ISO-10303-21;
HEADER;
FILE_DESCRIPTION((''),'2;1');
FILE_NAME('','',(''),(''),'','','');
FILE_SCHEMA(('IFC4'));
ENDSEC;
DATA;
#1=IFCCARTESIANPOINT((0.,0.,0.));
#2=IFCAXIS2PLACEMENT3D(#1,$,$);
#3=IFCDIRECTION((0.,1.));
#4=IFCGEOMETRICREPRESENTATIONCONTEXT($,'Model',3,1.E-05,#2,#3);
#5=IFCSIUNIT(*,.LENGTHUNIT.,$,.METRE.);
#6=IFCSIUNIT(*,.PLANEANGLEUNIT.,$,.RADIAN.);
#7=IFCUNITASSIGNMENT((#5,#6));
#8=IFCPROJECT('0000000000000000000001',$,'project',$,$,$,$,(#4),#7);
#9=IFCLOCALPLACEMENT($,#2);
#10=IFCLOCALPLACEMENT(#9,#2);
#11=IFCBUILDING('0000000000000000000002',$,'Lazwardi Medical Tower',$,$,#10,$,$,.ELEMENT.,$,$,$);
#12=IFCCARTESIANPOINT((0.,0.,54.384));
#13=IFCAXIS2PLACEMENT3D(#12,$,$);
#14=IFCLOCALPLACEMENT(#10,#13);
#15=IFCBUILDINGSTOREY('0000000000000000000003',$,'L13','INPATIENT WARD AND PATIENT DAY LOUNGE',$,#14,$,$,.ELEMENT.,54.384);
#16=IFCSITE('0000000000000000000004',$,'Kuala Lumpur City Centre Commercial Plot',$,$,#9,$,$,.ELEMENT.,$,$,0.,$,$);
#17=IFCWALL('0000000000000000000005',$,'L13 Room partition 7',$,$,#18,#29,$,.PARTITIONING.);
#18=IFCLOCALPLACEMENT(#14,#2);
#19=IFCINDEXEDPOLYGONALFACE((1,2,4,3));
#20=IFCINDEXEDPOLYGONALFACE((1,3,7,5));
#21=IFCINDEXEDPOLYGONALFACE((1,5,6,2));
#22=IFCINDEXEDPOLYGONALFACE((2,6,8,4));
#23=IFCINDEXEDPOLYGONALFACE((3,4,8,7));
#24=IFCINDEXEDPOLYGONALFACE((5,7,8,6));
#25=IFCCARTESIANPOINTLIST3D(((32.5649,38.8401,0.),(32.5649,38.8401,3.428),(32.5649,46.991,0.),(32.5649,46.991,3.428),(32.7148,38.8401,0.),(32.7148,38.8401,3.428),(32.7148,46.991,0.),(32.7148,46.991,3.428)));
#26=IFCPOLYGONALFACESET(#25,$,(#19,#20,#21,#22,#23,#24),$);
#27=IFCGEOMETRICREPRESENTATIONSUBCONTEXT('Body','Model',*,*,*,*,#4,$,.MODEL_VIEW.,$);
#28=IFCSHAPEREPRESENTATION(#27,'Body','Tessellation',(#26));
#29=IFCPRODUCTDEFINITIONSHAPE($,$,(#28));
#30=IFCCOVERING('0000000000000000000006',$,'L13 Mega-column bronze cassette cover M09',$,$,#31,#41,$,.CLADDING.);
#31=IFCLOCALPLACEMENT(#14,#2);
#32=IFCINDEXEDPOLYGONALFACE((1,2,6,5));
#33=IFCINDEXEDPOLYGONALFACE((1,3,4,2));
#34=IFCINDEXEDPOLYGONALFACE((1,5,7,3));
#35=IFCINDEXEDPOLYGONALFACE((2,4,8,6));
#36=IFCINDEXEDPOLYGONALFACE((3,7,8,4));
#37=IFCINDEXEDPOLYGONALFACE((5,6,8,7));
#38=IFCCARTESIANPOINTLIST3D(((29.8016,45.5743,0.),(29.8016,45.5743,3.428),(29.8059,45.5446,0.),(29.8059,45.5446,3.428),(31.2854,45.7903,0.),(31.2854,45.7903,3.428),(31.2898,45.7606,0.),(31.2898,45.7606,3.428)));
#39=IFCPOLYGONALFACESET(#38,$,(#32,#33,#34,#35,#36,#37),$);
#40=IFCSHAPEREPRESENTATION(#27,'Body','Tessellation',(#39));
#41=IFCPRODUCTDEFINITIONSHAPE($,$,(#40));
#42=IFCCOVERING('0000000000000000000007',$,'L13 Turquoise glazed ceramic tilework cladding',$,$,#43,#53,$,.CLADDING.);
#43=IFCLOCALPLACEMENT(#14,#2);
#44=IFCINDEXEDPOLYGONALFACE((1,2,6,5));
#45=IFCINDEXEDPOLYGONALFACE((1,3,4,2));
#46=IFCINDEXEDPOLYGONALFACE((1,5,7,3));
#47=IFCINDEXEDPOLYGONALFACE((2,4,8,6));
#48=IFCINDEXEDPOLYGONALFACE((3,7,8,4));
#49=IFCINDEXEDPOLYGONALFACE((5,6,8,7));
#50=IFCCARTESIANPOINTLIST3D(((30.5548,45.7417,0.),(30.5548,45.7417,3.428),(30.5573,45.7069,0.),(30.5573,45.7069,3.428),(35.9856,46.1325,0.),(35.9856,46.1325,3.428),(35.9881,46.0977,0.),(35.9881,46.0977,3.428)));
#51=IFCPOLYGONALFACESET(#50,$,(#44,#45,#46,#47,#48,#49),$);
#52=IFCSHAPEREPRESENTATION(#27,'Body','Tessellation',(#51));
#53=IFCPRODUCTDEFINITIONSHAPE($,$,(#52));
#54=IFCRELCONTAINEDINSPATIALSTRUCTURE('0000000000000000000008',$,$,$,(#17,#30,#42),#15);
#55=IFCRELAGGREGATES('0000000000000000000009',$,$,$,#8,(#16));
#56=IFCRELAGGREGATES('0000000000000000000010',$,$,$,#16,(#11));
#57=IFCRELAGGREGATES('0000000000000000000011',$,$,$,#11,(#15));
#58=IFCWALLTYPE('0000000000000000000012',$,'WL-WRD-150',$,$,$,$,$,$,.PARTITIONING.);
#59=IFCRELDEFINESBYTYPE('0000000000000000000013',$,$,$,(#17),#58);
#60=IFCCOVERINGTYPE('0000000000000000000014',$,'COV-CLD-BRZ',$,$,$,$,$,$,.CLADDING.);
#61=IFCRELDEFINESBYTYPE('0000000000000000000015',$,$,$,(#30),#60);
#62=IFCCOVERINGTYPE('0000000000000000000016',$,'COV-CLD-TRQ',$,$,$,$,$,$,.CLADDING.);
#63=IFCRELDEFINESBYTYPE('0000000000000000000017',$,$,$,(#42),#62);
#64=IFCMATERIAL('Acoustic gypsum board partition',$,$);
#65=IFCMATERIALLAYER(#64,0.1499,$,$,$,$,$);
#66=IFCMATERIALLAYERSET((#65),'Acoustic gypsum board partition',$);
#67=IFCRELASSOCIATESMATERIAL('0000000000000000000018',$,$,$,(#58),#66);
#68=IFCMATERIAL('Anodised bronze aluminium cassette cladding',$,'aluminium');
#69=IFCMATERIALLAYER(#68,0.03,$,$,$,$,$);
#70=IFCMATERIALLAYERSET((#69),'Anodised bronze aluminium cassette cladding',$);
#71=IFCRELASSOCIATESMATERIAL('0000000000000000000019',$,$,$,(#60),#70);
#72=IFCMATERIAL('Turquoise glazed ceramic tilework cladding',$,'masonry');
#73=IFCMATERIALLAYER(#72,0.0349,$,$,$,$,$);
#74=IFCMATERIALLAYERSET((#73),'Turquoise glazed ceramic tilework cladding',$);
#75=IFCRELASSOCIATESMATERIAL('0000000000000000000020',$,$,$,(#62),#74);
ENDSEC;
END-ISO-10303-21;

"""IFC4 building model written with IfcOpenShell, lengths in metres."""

from ifc_helpers import new_model, si_unit, direction, frame, frame_2d, origin, origin_2d, place, context, subcontext, project, spatial, rectangle, extrude, material, layer, layer_set, type_object, element, save


model = new_model("IFC4")

# Units and contexts
model_context = context("Model", 3, precision=1e-05, world=origin(), true_north=direction((0.0, 1.0)))
body_context = subcontext(model_context, "Body", "Model", "MODEL_VIEW")
ifc_project = project(units=[si_unit("LENGTHUNIT", "METRE"), si_unit("PLANEANGLEUNIT", "RADIAN")], contexts=[model_context])

# Site, building, storey
site_placement = place(None, origin())
site = spatial("IfcSite", under=ifc_project, at=site_placement, Name="Kuala Lumpur City Centre Commercial Plot", CompositionType="ELEMENT", RefElevation=0.0)
building_placement = place(site_placement, origin())
building = spatial("IfcBuilding", under=site, at=building_placement, Name="Lazwardi Medical Tower", CompositionType="ELEMENT")
storey_placement = place(building_placement, frame((0.0, 0.0, 54.384)))
storey = spatial("IfcBuildingStorey", under=building, at=storey_placement, Name="L13", Description="INPATIENT WARD AND PATIENT DAY LOUNGE", CompositionType="ELEMENT", Elevation=54.384)

# Wall
ifc_material_1 = material(Name="Acoustic gypsum board partition")
ifc_layer_1 = layer(ifc_material_1, 0.1499)
ifc_layer_set_1 = layer_set([ifc_layer_1], Name="Acoustic gypsum board partition")
wall_type_1 = type_object("IfcWallType", Name="WL-WRD-150", PredefinedType="PARTITIONING", material=ifc_layer_set_1)
wall_1_placement = place(storey_placement, frame((32.6399, 38.8401, 0.0), z_axis=(0.0, 0.0, 1.0), x_axis=(0.0, 1.0, 0.0)))
element("IfcWall", 1, at=wall_1_placement, inside=storey, type_object=wall_type_1, Name="L13 Room partition 7", PredefinedType="PARTITIONING", context=body_context, shape_type="SweptSolid", body=[
    extrude(rectangle(XDim=8.1509, YDim=0.1499, at=frame_2d((4.0754, 0.0))), origin(), (0.0, 0.0, 1.0), 3.428),
])

# Coverings
ifc_material_2 = material(Name="Anodised bronze aluminium cassette cladding", Category="aluminium")
ifc_layer_2 = layer(ifc_material_2, 0.03)
ifc_layer_set_2 = layer_set([ifc_layer_2], Name="Anodised bronze aluminium cassette cladding")
covering_type_1 = type_object("IfcCoveringType", Name="COV-CLD-BRZ", PredefinedType="CLADDING", material=ifc_layer_set_2)
covering_1_placement = place(storey_placement, frame((30.5457, 45.6675, 0.0), z_axis=(0.0, 0.0, 1.0), x_axis=(-0.989573, -0.144035, 0.0)))
element("IfcCovering", 2, at=covering_1_placement, inside=storey, type_object=covering_type_1, Name="L13 Mega-column bronze cassette cover M09", PredefinedType="CLADDING", context=body_context, shape_type="SweptSolid", body=[
    extrude(rectangle(XDim=1.4995, YDim=0.03, at=origin_2d()), origin(), (0.0, 0.0, 1.0), 3.428),
])
ifc_material_3 = material(Name="Turquoise glazed ceramic tilework cladding", Category="masonry")
ifc_layer_3 = layer(ifc_material_3, 0.0349)
ifc_layer_set_3 = layer_set([ifc_layer_3], Name="Turquoise glazed ceramic tilework cladding")
covering_type_2 = type_object("IfcCoveringType", Name="COV-CLD-TRQ", PredefinedType="CLADDING", material=ifc_layer_set_3)
covering_2_placement = place(storey_placement, frame((33.2715, 45.9197, 0.0), z_axis=(0.0, 0.0, 1.0), x_axis=(-0.997421, -0.071774, 0.0)))
element("IfcCovering", 3, at=covering_2_placement, inside=storey, type_object=covering_type_2, Name="L13 Turquoise glazed ceramic tilework cladding", PredefinedType="CLADDING", context=body_context, shape_type="SweptSolid", body=[
    extrude(rectangle(XDim=5.4448, YDim=0.0349, at=origin_2d()), origin(), (0.0, 0.0, 1.0), 3.428),
])

save(model, "model.ifc")
